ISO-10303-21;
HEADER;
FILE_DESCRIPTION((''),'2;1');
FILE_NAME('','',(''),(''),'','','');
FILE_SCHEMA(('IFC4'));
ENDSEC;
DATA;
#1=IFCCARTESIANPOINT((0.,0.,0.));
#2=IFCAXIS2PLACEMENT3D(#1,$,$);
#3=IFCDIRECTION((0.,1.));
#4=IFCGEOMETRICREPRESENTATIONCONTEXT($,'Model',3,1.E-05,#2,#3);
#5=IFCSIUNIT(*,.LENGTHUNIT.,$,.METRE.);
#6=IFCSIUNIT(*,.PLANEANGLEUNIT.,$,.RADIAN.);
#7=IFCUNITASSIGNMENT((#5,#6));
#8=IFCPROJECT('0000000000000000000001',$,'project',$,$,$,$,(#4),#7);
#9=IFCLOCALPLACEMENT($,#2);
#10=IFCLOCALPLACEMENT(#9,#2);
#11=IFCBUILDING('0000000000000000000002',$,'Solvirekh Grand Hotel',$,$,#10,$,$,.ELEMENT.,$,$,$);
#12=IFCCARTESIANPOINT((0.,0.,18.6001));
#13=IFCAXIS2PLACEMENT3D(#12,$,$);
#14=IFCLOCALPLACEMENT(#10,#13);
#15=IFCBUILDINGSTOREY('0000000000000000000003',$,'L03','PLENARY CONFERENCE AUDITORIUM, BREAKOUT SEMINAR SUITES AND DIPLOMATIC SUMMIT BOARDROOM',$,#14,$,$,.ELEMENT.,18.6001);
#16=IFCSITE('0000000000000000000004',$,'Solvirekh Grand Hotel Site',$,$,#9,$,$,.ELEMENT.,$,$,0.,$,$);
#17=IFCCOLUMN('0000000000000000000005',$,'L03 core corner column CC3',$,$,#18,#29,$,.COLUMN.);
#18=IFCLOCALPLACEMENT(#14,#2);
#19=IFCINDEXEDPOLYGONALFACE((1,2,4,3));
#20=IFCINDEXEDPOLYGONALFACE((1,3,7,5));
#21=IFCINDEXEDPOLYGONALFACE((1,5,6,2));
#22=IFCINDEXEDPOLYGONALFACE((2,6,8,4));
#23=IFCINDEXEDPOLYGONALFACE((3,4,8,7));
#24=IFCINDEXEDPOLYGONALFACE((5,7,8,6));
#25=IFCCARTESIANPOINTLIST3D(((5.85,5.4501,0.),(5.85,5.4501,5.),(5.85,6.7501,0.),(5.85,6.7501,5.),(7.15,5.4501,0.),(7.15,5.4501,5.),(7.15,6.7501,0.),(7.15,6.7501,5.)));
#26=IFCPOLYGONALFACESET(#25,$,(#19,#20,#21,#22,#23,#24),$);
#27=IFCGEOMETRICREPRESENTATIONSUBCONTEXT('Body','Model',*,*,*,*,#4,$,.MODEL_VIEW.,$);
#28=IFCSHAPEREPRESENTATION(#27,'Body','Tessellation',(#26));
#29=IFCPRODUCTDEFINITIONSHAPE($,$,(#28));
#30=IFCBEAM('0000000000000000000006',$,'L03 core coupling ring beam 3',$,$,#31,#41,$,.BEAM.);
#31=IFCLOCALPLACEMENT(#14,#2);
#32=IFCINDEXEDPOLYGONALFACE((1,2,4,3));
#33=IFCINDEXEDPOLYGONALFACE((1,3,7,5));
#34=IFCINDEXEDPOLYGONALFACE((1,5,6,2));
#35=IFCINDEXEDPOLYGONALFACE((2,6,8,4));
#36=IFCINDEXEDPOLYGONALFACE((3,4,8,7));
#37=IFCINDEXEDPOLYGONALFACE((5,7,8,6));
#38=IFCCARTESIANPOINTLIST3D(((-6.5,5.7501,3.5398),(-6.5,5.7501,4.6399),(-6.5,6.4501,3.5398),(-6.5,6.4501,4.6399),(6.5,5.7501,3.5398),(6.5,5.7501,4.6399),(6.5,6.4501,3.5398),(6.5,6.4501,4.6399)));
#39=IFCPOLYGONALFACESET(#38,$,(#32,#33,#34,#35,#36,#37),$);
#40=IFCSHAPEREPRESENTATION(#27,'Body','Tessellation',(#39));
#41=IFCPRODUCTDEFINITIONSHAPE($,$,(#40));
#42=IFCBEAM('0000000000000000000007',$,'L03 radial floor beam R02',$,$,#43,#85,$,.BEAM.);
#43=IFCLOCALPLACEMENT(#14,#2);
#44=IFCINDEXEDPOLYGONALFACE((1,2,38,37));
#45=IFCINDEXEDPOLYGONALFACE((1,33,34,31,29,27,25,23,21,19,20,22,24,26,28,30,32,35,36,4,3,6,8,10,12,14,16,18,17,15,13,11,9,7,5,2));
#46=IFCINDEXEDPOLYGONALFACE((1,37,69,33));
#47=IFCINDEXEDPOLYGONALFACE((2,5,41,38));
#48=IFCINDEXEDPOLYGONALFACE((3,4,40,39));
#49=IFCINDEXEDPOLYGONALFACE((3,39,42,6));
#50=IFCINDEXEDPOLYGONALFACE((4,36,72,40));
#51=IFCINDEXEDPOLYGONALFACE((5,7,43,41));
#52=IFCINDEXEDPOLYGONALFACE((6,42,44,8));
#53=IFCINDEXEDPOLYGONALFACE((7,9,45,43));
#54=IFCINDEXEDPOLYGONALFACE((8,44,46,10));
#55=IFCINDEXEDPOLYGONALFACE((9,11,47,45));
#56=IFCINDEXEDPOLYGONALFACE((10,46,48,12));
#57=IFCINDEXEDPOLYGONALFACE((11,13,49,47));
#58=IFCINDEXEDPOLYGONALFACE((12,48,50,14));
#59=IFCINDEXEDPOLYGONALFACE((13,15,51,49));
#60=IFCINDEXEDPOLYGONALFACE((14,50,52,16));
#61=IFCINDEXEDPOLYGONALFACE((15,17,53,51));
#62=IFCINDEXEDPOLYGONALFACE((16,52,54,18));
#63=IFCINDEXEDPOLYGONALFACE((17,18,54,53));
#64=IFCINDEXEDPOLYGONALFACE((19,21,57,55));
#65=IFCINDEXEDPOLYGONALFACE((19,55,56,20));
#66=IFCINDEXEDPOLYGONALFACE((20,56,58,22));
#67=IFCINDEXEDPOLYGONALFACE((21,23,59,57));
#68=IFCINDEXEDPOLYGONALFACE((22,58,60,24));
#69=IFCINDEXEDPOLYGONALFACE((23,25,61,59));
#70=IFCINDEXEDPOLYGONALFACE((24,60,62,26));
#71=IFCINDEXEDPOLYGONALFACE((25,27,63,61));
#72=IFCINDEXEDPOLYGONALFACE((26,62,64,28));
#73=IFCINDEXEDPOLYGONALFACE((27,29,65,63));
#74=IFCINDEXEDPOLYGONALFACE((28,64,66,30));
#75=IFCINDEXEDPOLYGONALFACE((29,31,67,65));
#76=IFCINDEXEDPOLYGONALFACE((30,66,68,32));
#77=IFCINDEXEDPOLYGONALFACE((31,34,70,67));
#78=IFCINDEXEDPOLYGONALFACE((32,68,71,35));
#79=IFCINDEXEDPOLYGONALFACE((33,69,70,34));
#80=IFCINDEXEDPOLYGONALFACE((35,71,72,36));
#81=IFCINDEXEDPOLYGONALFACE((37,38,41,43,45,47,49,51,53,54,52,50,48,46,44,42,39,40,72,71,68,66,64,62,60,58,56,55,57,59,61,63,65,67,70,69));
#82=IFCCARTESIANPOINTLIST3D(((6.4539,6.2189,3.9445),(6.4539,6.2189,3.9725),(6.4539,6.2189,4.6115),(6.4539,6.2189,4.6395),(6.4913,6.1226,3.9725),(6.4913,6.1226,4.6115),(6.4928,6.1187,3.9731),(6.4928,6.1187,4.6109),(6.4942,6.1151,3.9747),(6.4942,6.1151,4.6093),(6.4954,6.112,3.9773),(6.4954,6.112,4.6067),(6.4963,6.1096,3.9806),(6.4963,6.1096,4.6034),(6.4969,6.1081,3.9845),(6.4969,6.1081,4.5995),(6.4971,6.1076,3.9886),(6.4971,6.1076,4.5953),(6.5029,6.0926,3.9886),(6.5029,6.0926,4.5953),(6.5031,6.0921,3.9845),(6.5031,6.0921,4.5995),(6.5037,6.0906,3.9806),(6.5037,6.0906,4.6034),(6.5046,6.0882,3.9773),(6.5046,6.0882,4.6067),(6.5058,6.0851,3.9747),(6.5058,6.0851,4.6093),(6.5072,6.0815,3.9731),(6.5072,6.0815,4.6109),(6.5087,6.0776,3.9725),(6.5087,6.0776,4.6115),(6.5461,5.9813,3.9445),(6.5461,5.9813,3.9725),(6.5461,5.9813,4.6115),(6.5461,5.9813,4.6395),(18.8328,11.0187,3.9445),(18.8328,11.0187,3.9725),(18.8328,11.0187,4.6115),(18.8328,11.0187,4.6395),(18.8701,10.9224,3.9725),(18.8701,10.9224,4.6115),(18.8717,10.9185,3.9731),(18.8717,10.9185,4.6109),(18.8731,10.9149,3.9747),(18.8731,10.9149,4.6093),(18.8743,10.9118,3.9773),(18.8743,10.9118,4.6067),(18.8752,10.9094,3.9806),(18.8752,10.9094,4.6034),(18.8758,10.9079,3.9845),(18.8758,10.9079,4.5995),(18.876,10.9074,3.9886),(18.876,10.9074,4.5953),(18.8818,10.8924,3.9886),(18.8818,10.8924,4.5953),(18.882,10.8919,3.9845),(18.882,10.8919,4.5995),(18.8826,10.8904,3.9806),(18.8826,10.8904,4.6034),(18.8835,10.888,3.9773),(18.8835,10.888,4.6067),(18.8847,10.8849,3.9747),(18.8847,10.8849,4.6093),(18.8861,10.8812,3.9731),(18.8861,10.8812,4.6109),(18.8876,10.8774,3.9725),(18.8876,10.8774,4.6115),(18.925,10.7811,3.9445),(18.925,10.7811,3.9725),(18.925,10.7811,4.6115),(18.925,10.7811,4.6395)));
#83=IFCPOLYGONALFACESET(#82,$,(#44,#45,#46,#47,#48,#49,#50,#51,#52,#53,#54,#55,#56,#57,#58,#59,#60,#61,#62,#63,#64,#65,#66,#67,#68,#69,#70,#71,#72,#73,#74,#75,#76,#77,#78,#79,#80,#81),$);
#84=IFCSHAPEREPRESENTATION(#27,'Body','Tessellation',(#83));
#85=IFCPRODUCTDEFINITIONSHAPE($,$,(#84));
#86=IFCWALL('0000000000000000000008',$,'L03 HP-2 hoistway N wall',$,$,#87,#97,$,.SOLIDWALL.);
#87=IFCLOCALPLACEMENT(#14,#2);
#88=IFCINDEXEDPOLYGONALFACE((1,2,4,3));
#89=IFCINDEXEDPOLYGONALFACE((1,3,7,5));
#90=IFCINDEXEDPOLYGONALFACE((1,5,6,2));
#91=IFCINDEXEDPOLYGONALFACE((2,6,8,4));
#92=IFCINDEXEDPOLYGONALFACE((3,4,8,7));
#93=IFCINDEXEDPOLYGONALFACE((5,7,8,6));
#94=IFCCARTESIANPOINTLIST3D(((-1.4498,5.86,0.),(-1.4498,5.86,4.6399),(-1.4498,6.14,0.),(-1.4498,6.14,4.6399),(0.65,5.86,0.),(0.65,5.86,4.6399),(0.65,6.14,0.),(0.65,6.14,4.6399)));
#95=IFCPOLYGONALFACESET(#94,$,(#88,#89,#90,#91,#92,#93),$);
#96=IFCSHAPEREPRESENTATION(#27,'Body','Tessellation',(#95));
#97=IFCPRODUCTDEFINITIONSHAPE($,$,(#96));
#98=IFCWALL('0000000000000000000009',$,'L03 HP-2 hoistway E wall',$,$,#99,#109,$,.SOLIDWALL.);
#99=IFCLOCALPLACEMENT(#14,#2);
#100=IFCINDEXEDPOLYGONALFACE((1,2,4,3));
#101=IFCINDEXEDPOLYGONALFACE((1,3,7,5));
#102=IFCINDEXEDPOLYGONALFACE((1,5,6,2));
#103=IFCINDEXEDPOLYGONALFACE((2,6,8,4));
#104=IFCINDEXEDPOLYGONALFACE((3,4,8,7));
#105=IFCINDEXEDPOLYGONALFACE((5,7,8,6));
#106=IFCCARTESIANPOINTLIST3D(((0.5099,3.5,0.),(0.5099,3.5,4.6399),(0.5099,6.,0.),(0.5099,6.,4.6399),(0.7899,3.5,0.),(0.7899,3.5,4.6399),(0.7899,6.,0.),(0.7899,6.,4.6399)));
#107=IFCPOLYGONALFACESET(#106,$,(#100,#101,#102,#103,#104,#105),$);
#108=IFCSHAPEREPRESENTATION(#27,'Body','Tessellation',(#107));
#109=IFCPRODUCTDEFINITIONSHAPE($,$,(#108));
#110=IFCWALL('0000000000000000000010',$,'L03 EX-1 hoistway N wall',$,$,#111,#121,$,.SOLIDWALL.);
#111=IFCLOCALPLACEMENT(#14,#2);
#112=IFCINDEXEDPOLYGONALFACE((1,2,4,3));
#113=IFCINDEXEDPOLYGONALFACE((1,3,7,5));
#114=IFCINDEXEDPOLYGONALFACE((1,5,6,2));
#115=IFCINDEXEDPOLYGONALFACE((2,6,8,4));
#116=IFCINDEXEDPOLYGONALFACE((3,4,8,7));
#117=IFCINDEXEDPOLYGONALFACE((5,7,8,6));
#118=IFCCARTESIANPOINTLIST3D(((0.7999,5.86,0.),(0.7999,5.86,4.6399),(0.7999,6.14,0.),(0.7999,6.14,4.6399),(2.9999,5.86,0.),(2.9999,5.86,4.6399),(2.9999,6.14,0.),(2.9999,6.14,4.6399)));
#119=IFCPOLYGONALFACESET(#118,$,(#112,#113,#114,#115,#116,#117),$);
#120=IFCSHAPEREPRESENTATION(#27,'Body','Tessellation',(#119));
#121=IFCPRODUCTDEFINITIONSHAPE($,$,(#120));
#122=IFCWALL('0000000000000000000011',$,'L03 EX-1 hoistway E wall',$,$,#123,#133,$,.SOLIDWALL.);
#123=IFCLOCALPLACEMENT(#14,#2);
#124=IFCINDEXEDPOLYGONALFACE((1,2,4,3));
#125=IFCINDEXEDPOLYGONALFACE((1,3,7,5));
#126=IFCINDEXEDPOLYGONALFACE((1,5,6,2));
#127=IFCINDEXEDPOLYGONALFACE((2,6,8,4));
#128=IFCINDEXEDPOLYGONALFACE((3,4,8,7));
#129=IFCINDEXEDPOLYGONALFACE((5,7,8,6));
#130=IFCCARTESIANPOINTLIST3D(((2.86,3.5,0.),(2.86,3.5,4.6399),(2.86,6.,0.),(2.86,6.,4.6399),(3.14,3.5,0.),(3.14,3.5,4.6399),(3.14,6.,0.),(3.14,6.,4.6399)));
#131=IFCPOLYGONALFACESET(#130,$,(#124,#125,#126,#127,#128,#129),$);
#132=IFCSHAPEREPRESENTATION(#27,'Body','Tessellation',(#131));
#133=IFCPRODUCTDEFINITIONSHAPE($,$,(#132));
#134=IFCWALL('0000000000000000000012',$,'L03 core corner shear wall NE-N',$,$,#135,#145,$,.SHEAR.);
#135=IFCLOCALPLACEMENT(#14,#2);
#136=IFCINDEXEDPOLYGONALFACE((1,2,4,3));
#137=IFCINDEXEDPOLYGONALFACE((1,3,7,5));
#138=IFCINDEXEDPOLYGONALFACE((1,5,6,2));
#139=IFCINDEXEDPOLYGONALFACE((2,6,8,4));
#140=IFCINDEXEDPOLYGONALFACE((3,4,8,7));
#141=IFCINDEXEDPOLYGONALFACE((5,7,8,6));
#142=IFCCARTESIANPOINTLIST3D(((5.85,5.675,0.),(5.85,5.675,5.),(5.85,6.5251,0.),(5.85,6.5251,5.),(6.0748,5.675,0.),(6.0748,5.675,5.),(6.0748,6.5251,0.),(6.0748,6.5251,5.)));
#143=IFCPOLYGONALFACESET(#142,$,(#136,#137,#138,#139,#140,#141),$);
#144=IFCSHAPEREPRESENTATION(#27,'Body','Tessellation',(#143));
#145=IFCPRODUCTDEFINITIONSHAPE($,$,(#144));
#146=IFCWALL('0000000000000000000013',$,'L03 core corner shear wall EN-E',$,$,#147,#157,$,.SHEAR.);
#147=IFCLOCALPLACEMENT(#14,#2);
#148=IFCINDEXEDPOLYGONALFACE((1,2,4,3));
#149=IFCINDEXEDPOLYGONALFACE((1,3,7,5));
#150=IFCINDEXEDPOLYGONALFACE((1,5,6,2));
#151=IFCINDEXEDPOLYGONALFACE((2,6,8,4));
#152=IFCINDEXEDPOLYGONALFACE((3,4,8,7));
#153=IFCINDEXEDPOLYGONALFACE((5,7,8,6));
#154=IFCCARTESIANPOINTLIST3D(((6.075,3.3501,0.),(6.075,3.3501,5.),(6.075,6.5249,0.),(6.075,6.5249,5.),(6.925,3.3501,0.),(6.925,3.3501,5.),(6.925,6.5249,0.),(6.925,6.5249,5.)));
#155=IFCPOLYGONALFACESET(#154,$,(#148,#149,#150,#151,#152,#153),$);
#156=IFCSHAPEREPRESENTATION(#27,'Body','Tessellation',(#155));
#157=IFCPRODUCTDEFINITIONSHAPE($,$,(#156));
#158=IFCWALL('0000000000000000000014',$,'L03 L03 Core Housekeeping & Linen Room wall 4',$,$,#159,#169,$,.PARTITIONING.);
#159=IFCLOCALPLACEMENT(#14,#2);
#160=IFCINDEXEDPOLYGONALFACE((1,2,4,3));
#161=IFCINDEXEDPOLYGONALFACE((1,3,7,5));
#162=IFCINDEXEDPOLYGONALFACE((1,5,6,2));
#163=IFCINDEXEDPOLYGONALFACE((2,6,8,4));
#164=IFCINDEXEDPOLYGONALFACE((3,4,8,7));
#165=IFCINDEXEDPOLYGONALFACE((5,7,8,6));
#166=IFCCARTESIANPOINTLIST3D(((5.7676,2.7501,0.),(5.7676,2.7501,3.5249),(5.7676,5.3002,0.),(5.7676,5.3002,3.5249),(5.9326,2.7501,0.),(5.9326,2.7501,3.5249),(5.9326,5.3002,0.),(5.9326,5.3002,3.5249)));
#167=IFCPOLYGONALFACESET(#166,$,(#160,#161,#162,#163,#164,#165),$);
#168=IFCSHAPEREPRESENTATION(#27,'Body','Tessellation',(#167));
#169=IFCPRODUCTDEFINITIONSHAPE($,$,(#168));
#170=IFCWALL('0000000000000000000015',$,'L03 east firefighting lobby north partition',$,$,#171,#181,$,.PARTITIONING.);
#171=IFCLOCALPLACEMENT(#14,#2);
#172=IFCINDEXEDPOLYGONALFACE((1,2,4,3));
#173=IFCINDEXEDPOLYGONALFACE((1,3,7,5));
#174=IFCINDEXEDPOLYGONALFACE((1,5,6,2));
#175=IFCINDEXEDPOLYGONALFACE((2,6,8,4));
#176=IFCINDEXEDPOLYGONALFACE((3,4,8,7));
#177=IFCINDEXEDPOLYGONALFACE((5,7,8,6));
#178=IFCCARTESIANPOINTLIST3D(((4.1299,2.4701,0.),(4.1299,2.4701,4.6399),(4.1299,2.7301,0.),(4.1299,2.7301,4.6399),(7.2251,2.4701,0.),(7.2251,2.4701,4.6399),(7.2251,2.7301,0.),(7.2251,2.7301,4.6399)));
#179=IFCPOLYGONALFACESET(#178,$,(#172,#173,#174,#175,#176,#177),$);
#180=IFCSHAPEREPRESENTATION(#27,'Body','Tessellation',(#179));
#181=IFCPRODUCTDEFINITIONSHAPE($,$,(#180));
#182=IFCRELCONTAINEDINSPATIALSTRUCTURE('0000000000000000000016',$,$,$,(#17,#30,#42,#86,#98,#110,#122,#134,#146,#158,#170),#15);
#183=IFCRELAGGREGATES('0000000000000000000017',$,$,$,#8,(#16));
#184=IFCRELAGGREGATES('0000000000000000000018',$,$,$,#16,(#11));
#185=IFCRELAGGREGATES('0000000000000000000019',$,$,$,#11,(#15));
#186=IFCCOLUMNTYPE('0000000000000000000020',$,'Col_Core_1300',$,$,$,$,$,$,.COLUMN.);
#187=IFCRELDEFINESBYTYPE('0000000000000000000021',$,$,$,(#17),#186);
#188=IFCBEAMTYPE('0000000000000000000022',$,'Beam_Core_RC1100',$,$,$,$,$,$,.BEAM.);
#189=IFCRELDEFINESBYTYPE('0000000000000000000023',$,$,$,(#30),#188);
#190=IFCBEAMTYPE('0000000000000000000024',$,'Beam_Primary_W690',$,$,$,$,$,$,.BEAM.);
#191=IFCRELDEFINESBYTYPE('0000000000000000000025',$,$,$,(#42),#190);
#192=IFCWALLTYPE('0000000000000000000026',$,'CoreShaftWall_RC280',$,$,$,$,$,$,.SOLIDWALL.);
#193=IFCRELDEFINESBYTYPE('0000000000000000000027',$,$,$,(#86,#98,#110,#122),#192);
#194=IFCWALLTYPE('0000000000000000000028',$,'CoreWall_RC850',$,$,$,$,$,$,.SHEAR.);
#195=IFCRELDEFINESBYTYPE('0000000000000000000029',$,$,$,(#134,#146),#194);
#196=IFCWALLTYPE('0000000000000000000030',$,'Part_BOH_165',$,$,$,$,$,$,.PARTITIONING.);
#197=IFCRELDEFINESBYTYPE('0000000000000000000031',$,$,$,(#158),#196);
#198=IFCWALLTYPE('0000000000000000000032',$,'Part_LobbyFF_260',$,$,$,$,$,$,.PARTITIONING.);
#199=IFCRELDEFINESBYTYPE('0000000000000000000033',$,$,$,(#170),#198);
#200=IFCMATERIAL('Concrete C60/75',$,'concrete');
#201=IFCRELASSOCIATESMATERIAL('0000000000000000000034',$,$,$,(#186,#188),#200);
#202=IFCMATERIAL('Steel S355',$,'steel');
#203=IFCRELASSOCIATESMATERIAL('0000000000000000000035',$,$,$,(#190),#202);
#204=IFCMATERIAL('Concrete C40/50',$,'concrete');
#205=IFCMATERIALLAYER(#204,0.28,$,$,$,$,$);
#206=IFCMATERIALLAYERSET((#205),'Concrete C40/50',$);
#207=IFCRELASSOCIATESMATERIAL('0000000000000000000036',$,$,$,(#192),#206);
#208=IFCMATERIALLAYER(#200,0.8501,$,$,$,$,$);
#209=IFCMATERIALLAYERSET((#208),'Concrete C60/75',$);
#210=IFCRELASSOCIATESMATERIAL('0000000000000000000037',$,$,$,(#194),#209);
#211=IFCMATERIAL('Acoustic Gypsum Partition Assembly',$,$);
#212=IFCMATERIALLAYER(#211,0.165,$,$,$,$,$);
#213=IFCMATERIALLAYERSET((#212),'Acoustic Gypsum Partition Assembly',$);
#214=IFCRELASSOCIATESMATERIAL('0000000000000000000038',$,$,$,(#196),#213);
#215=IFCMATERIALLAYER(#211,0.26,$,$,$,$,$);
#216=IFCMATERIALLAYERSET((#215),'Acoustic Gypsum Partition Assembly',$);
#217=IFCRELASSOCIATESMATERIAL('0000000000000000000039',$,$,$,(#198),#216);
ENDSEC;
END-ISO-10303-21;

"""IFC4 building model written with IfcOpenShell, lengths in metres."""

from ifc_helpers import new_model, si_unit, direction, frame, frame_2d, origin, origin_2d, place, context, subcontext, project, spatial, rectangle, i_section, extrude, material, layer, layer_set, material_profile, profile_set, type_object, element, save


model = new_model("IFC4")

# Units and contexts
model_context = context("Model", 3, precision=1e-05, world=origin(), true_north=direction((0.0, 1.0)))
body_context = subcontext(model_context, "Body", "Model", "MODEL_VIEW")
ifc_project = project(units=[si_unit("LENGTHUNIT", "METRE"), si_unit("PLANEANGLEUNIT", "RADIAN")], contexts=[model_context])

# Site, building, storey
site_placement = place(None, origin())
site = spatial("IfcSite", under=ifc_project, at=site_placement, Name="Solvirekh Grand Hotel Site", CompositionType="ELEMENT", RefElevation=0.0)
building_placement = place(site_placement, origin())
building = spatial("IfcBuilding", under=site, at=building_placement, Name="Solvirekh Grand Hotel", CompositionType="ELEMENT")
storey_placement = place(building_placement, frame((0.0, 0.0, 18.6001)))
storey = spatial("IfcBuildingStorey", under=building, at=storey_placement, Name="L03", Description="PLENARY CONFERENCE AUDITORIUM, BREAKOUT SEMINAR SUITES AND DIPLOMATIC SUMMIT BOARDROOM", CompositionType="ELEMENT", Elevation=18.6001)

# Column
ifc_material_1 = material(Name="Concrete C60/75", Category="concrete")
ifc_material_profile_1 = material_profile(ifc_material_1, rectangle(XDim=1.3, YDim=1.3, at=origin_2d()), Name="RC 1300X1300")
ifc_profile_set_1 = profile_set([ifc_material_profile_1], Name="Concrete C60/75")
column_type = type_object("IfcColumnType", Name="Col_Core_1300", PredefinedType="COLUMN", material=ifc_profile_set_1)
column_placement = place(storey_placement, frame((6.5, 6.1001, 0.0), z_axis=(0.0, 0.0, 1.0), x_axis=(1.0, 0.0, 0.0)))
element("IfcColumn", 1, at=column_placement, inside=storey, type_object=column_type, Name="L03 core corner column CC3", PredefinedType="COLUMN", context=body_context, shape_type="SweptSolid", body=[
    extrude(rectangle(XDim=1.3, YDim=1.3, at=origin_2d()), origin(), (0.0, 0.0, 1.0), 5.0),
])

# Beams
ifc_material_profile_2 = material_profile(ifc_material_1, rectangle(XDim=0.7, YDim=1.1001, at=origin_2d()), Name="RC BEAM 700X1100")
ifc_profile_set_2 = profile_set([ifc_material_profile_2], Name="Concrete C60/75")
beam_type_1 = type_object("IfcBeamType", Name="Beam_Core_RC1100", PredefinedType="BEAM", material=ifc_profile_set_2)
beam_1_placement = place(storey_placement, frame((6.5, 6.1001, 4.0898), z_axis=(-1.0, 0.0, 0.0), x_axis=(0.0, -1.0, 0.0)))
element("IfcBeam", 2, at=beam_1_placement, inside=storey, type_object=beam_type_1, Name="L03 core coupling ring beam 3", PredefinedType="BEAM", context=body_context, shape_type="SweptSolid", body=[
    extrude(rectangle(XDim=0.7, YDim=1.1001, at=origin_2d()), origin(), (0.0, 0.0, 1.0), 13.0),
])
ifc_material_2 = material(Name="Steel S355", Category="steel")
ifc_material_profile_3 = material_profile(ifc_material_2, i_section(OverallWidth=0.2549, OverallDepth=0.6951, WebThickness=0.0161, FlangeThickness=0.0281, FilletRadius=0.0161, at=origin_2d()), Name="W690X217")
ifc_profile_set_3 = profile_set([ifc_material_profile_3], Name="Steel S355")
beam_type_2 = type_object("IfcBeamType", Name="Beam_Primary_W690", PredefinedType="BEAM", material=ifc_profile_set_3)
beam_2_placement = place(storey_placement, frame((6.5, 6.1001, 4.292), z_axis=(0.932366, 0.361516, 0.0), x_axis=(-0.361516, 0.932366, 0.0)))
element("IfcBeam", 3, at=beam_2_placement, inside=storey, type_object=beam_type_2, Name="L03 radial floor beam R02", PredefinedType="BEAM", context=body_context, shape_type="SweptSolid", body=[
    extrude(i_section(OverallWidth=0.2549, OverallDepth=0.6951, WebThickness=0.0161, FlangeThickness=0.0281, FilletRadius=0.0161, at=origin_2d()), origin(), (0.0, 0.0, 1.0), 13.2769),
])

# Walls
ifc_material_3 = material(Name="Concrete C40/50", Category="concrete")
ifc_layer_1 = layer(ifc_material_3, 0.28)
ifc_layer_set_1 = layer_set([ifc_layer_1], Name="Concrete C40/50")
wall_type_1 = type_object("IfcWallType", Name="CoreShaftWall_RC280", PredefinedType="SOLIDWALL", material=ifc_layer_set_1)
wall_1_placement = place(storey_placement, frame((0.6499, 6.0, 0.0), z_axis=(0.0, 0.0, 1.0), x_axis=(-1.0, 0.0, 0.0)))
element("IfcWall", 4, at=wall_1_placement, inside=storey, type_object=wall_type_1, Name="L03 HP-2 hoistway N wall", PredefinedType="SOLIDWALL", context=body_context, shape_type="SweptSolid", body=[
    extrude(rectangle(XDim=2.0999, YDim=0.28, at=frame_2d((1.0498, 0.0))), origin(), (0.0, 0.0, 1.0), 4.6399),
])
wall_2_placement = place(storey_placement, frame((0.6499, 3.5, 0.0), z_axis=(0.0, 0.0, 1.0), x_axis=(0.0, 1.0, 0.0)))
element("IfcWall", 5, at=wall_2_placement, inside=storey, type_object=wall_type_1, Name="L03 HP-2 hoistway E wall", PredefinedType="SOLIDWALL", context=body_context, shape_type="SweptSolid", body=[
    extrude(rectangle(XDim=2.5, YDim=0.28, at=frame_2d((1.25, 0.0))), origin(), (0.0, 0.0, 1.0), 4.6399),
])
wall_3_placement = place(storey_placement, frame((3.0, 6.0, 0.0), z_axis=(0.0, 0.0, 1.0), x_axis=(-1.0, 0.0, 0.0)))
element("IfcWall", 6, at=wall_3_placement, inside=storey, type_object=wall_type_1, Name="L03 EX-1 hoistway N wall", PredefinedType="SOLIDWALL", context=body_context, shape_type="SweptSolid", body=[
    extrude(rectangle(XDim=2.2, YDim=0.28, at=frame_2d((1.1001, 0.0))), origin(), (0.0, 0.0, 1.0), 4.6399),
])
wall_4_placement = place(storey_placement, frame((3.0, 3.5, 0.0), z_axis=(0.0, 0.0, 1.0), x_axis=(0.0, 1.0, 0.0)))
element("IfcWall", 7, at=wall_4_placement, inside=storey, type_object=wall_type_1, Name="L03 EX-1 hoistway E wall", PredefinedType="SOLIDWALL", context=body_context, shape_type="SweptSolid", body=[
    extrude(rectangle(XDim=2.5, YDim=0.28, at=frame_2d((1.25, 0.0))), origin(), (0.0, 0.0, 1.0), 4.6399),
])
ifc_layer_2 = layer(ifc_material_1, 0.8501)
ifc_layer_set_2 = layer_set([ifc_layer_2], Name="Concrete C60/75")
wall_type_2 = type_object("IfcWallType", Name="CoreWall_RC850", PredefinedType="SHEAR", material=ifc_layer_set_2)
wall_5_placement = place(storey_placement, frame((5.8501, 6.1001, 0.0), z_axis=(0.0, 0.0, 1.0), x_axis=(1.0, 0.0, 0.0)))
element("IfcWall", 8, at=wall_5_placement, inside=storey, type_object=wall_type_2, Name="L03 core corner shear wall NE-N", PredefinedType="SHEAR", context=body_context, shape_type="SweptSolid", body=[
    extrude(rectangle(XDim=0.2249, YDim=0.8501, at=frame_2d((0.1123, 0.0))), origin(), (0.0, 0.0, 1.0), 5.0),
])
wall_6_placement = place(storey_placement, frame((6.5, 3.3501, 0.0), z_axis=(0.0, 0.0, 1.0), x_axis=(0.0, 1.0, 0.0)))
element("IfcWall", 9, at=wall_6_placement, inside=storey, type_object=wall_type_2, Name="L03 core corner shear wall EN-E", PredefinedType="SHEAR", context=body_context, shape_type="SweptSolid", body=[
    extrude(rectangle(XDim=3.1748, YDim=0.8501, at=frame_2d((1.5874, 0.0))), origin(), (0.0, 0.0, 1.0), 5.0),
])
ifc_material_4 = material(Name="Acoustic Gypsum Partition Assembly")
ifc_layer_3 = layer(ifc_material_4, 0.165)
ifc_layer_set_3 = layer_set([ifc_layer_3], Name="Acoustic Gypsum Partition Assembly")
wall_type_3 = type_object("IfcWallType", Name="Part_BOH_165", PredefinedType="PARTITIONING", material=ifc_layer_set_3)
wall_7_placement = place(storey_placement, frame((5.8501, 5.3, 0.0), z_axis=(0.0, 0.0, 1.0), x_axis=(0.0, -1.0, 0.0)))
element("IfcWall", 10, at=wall_7_placement, inside=storey, type_object=wall_type_3, Name="L03 L03 Core Housekeeping & Linen Room wall 4", PredefinedType="PARTITIONING", context=body_context, shape_type="SweptSolid", body=[
    extrude(rectangle(XDim=2.55, YDim=0.165, at=frame_2d((1.2749, 0.0))), origin(), (0.0, 0.0, 1.0), 3.5249),
])
ifc_layer_4 = layer(ifc_material_4, 0.26)
ifc_layer_set_4 = layer_set([ifc_layer_4], Name="Acoustic Gypsum Partition Assembly")
wall_type_4 = type_object("IfcWallType", Name="Part_LobbyFF_260", PredefinedType="PARTITIONING", material=ifc_layer_set_4)
wall_8_placement = place(storey_placement, frame((4.1299, 2.6001, 0.0), z_axis=(0.0, 0.0, 1.0), x_axis=(1.0, 0.0, 0.0)))
element("IfcWall", 11, at=wall_8_placement, inside=storey, type_object=wall_type_4, Name="L03 east firefighting lobby north partition", PredefinedType="PARTITIONING", context=body_context, shape_type="SweptSolid", body=[
    extrude(rectangle(XDim=3.0952, YDim=0.26, at=frame_2d((1.5476, 0.0))), origin(), (0.0, 0.0, 1.0), 4.6399),
])

save(model, "model.ifc")
